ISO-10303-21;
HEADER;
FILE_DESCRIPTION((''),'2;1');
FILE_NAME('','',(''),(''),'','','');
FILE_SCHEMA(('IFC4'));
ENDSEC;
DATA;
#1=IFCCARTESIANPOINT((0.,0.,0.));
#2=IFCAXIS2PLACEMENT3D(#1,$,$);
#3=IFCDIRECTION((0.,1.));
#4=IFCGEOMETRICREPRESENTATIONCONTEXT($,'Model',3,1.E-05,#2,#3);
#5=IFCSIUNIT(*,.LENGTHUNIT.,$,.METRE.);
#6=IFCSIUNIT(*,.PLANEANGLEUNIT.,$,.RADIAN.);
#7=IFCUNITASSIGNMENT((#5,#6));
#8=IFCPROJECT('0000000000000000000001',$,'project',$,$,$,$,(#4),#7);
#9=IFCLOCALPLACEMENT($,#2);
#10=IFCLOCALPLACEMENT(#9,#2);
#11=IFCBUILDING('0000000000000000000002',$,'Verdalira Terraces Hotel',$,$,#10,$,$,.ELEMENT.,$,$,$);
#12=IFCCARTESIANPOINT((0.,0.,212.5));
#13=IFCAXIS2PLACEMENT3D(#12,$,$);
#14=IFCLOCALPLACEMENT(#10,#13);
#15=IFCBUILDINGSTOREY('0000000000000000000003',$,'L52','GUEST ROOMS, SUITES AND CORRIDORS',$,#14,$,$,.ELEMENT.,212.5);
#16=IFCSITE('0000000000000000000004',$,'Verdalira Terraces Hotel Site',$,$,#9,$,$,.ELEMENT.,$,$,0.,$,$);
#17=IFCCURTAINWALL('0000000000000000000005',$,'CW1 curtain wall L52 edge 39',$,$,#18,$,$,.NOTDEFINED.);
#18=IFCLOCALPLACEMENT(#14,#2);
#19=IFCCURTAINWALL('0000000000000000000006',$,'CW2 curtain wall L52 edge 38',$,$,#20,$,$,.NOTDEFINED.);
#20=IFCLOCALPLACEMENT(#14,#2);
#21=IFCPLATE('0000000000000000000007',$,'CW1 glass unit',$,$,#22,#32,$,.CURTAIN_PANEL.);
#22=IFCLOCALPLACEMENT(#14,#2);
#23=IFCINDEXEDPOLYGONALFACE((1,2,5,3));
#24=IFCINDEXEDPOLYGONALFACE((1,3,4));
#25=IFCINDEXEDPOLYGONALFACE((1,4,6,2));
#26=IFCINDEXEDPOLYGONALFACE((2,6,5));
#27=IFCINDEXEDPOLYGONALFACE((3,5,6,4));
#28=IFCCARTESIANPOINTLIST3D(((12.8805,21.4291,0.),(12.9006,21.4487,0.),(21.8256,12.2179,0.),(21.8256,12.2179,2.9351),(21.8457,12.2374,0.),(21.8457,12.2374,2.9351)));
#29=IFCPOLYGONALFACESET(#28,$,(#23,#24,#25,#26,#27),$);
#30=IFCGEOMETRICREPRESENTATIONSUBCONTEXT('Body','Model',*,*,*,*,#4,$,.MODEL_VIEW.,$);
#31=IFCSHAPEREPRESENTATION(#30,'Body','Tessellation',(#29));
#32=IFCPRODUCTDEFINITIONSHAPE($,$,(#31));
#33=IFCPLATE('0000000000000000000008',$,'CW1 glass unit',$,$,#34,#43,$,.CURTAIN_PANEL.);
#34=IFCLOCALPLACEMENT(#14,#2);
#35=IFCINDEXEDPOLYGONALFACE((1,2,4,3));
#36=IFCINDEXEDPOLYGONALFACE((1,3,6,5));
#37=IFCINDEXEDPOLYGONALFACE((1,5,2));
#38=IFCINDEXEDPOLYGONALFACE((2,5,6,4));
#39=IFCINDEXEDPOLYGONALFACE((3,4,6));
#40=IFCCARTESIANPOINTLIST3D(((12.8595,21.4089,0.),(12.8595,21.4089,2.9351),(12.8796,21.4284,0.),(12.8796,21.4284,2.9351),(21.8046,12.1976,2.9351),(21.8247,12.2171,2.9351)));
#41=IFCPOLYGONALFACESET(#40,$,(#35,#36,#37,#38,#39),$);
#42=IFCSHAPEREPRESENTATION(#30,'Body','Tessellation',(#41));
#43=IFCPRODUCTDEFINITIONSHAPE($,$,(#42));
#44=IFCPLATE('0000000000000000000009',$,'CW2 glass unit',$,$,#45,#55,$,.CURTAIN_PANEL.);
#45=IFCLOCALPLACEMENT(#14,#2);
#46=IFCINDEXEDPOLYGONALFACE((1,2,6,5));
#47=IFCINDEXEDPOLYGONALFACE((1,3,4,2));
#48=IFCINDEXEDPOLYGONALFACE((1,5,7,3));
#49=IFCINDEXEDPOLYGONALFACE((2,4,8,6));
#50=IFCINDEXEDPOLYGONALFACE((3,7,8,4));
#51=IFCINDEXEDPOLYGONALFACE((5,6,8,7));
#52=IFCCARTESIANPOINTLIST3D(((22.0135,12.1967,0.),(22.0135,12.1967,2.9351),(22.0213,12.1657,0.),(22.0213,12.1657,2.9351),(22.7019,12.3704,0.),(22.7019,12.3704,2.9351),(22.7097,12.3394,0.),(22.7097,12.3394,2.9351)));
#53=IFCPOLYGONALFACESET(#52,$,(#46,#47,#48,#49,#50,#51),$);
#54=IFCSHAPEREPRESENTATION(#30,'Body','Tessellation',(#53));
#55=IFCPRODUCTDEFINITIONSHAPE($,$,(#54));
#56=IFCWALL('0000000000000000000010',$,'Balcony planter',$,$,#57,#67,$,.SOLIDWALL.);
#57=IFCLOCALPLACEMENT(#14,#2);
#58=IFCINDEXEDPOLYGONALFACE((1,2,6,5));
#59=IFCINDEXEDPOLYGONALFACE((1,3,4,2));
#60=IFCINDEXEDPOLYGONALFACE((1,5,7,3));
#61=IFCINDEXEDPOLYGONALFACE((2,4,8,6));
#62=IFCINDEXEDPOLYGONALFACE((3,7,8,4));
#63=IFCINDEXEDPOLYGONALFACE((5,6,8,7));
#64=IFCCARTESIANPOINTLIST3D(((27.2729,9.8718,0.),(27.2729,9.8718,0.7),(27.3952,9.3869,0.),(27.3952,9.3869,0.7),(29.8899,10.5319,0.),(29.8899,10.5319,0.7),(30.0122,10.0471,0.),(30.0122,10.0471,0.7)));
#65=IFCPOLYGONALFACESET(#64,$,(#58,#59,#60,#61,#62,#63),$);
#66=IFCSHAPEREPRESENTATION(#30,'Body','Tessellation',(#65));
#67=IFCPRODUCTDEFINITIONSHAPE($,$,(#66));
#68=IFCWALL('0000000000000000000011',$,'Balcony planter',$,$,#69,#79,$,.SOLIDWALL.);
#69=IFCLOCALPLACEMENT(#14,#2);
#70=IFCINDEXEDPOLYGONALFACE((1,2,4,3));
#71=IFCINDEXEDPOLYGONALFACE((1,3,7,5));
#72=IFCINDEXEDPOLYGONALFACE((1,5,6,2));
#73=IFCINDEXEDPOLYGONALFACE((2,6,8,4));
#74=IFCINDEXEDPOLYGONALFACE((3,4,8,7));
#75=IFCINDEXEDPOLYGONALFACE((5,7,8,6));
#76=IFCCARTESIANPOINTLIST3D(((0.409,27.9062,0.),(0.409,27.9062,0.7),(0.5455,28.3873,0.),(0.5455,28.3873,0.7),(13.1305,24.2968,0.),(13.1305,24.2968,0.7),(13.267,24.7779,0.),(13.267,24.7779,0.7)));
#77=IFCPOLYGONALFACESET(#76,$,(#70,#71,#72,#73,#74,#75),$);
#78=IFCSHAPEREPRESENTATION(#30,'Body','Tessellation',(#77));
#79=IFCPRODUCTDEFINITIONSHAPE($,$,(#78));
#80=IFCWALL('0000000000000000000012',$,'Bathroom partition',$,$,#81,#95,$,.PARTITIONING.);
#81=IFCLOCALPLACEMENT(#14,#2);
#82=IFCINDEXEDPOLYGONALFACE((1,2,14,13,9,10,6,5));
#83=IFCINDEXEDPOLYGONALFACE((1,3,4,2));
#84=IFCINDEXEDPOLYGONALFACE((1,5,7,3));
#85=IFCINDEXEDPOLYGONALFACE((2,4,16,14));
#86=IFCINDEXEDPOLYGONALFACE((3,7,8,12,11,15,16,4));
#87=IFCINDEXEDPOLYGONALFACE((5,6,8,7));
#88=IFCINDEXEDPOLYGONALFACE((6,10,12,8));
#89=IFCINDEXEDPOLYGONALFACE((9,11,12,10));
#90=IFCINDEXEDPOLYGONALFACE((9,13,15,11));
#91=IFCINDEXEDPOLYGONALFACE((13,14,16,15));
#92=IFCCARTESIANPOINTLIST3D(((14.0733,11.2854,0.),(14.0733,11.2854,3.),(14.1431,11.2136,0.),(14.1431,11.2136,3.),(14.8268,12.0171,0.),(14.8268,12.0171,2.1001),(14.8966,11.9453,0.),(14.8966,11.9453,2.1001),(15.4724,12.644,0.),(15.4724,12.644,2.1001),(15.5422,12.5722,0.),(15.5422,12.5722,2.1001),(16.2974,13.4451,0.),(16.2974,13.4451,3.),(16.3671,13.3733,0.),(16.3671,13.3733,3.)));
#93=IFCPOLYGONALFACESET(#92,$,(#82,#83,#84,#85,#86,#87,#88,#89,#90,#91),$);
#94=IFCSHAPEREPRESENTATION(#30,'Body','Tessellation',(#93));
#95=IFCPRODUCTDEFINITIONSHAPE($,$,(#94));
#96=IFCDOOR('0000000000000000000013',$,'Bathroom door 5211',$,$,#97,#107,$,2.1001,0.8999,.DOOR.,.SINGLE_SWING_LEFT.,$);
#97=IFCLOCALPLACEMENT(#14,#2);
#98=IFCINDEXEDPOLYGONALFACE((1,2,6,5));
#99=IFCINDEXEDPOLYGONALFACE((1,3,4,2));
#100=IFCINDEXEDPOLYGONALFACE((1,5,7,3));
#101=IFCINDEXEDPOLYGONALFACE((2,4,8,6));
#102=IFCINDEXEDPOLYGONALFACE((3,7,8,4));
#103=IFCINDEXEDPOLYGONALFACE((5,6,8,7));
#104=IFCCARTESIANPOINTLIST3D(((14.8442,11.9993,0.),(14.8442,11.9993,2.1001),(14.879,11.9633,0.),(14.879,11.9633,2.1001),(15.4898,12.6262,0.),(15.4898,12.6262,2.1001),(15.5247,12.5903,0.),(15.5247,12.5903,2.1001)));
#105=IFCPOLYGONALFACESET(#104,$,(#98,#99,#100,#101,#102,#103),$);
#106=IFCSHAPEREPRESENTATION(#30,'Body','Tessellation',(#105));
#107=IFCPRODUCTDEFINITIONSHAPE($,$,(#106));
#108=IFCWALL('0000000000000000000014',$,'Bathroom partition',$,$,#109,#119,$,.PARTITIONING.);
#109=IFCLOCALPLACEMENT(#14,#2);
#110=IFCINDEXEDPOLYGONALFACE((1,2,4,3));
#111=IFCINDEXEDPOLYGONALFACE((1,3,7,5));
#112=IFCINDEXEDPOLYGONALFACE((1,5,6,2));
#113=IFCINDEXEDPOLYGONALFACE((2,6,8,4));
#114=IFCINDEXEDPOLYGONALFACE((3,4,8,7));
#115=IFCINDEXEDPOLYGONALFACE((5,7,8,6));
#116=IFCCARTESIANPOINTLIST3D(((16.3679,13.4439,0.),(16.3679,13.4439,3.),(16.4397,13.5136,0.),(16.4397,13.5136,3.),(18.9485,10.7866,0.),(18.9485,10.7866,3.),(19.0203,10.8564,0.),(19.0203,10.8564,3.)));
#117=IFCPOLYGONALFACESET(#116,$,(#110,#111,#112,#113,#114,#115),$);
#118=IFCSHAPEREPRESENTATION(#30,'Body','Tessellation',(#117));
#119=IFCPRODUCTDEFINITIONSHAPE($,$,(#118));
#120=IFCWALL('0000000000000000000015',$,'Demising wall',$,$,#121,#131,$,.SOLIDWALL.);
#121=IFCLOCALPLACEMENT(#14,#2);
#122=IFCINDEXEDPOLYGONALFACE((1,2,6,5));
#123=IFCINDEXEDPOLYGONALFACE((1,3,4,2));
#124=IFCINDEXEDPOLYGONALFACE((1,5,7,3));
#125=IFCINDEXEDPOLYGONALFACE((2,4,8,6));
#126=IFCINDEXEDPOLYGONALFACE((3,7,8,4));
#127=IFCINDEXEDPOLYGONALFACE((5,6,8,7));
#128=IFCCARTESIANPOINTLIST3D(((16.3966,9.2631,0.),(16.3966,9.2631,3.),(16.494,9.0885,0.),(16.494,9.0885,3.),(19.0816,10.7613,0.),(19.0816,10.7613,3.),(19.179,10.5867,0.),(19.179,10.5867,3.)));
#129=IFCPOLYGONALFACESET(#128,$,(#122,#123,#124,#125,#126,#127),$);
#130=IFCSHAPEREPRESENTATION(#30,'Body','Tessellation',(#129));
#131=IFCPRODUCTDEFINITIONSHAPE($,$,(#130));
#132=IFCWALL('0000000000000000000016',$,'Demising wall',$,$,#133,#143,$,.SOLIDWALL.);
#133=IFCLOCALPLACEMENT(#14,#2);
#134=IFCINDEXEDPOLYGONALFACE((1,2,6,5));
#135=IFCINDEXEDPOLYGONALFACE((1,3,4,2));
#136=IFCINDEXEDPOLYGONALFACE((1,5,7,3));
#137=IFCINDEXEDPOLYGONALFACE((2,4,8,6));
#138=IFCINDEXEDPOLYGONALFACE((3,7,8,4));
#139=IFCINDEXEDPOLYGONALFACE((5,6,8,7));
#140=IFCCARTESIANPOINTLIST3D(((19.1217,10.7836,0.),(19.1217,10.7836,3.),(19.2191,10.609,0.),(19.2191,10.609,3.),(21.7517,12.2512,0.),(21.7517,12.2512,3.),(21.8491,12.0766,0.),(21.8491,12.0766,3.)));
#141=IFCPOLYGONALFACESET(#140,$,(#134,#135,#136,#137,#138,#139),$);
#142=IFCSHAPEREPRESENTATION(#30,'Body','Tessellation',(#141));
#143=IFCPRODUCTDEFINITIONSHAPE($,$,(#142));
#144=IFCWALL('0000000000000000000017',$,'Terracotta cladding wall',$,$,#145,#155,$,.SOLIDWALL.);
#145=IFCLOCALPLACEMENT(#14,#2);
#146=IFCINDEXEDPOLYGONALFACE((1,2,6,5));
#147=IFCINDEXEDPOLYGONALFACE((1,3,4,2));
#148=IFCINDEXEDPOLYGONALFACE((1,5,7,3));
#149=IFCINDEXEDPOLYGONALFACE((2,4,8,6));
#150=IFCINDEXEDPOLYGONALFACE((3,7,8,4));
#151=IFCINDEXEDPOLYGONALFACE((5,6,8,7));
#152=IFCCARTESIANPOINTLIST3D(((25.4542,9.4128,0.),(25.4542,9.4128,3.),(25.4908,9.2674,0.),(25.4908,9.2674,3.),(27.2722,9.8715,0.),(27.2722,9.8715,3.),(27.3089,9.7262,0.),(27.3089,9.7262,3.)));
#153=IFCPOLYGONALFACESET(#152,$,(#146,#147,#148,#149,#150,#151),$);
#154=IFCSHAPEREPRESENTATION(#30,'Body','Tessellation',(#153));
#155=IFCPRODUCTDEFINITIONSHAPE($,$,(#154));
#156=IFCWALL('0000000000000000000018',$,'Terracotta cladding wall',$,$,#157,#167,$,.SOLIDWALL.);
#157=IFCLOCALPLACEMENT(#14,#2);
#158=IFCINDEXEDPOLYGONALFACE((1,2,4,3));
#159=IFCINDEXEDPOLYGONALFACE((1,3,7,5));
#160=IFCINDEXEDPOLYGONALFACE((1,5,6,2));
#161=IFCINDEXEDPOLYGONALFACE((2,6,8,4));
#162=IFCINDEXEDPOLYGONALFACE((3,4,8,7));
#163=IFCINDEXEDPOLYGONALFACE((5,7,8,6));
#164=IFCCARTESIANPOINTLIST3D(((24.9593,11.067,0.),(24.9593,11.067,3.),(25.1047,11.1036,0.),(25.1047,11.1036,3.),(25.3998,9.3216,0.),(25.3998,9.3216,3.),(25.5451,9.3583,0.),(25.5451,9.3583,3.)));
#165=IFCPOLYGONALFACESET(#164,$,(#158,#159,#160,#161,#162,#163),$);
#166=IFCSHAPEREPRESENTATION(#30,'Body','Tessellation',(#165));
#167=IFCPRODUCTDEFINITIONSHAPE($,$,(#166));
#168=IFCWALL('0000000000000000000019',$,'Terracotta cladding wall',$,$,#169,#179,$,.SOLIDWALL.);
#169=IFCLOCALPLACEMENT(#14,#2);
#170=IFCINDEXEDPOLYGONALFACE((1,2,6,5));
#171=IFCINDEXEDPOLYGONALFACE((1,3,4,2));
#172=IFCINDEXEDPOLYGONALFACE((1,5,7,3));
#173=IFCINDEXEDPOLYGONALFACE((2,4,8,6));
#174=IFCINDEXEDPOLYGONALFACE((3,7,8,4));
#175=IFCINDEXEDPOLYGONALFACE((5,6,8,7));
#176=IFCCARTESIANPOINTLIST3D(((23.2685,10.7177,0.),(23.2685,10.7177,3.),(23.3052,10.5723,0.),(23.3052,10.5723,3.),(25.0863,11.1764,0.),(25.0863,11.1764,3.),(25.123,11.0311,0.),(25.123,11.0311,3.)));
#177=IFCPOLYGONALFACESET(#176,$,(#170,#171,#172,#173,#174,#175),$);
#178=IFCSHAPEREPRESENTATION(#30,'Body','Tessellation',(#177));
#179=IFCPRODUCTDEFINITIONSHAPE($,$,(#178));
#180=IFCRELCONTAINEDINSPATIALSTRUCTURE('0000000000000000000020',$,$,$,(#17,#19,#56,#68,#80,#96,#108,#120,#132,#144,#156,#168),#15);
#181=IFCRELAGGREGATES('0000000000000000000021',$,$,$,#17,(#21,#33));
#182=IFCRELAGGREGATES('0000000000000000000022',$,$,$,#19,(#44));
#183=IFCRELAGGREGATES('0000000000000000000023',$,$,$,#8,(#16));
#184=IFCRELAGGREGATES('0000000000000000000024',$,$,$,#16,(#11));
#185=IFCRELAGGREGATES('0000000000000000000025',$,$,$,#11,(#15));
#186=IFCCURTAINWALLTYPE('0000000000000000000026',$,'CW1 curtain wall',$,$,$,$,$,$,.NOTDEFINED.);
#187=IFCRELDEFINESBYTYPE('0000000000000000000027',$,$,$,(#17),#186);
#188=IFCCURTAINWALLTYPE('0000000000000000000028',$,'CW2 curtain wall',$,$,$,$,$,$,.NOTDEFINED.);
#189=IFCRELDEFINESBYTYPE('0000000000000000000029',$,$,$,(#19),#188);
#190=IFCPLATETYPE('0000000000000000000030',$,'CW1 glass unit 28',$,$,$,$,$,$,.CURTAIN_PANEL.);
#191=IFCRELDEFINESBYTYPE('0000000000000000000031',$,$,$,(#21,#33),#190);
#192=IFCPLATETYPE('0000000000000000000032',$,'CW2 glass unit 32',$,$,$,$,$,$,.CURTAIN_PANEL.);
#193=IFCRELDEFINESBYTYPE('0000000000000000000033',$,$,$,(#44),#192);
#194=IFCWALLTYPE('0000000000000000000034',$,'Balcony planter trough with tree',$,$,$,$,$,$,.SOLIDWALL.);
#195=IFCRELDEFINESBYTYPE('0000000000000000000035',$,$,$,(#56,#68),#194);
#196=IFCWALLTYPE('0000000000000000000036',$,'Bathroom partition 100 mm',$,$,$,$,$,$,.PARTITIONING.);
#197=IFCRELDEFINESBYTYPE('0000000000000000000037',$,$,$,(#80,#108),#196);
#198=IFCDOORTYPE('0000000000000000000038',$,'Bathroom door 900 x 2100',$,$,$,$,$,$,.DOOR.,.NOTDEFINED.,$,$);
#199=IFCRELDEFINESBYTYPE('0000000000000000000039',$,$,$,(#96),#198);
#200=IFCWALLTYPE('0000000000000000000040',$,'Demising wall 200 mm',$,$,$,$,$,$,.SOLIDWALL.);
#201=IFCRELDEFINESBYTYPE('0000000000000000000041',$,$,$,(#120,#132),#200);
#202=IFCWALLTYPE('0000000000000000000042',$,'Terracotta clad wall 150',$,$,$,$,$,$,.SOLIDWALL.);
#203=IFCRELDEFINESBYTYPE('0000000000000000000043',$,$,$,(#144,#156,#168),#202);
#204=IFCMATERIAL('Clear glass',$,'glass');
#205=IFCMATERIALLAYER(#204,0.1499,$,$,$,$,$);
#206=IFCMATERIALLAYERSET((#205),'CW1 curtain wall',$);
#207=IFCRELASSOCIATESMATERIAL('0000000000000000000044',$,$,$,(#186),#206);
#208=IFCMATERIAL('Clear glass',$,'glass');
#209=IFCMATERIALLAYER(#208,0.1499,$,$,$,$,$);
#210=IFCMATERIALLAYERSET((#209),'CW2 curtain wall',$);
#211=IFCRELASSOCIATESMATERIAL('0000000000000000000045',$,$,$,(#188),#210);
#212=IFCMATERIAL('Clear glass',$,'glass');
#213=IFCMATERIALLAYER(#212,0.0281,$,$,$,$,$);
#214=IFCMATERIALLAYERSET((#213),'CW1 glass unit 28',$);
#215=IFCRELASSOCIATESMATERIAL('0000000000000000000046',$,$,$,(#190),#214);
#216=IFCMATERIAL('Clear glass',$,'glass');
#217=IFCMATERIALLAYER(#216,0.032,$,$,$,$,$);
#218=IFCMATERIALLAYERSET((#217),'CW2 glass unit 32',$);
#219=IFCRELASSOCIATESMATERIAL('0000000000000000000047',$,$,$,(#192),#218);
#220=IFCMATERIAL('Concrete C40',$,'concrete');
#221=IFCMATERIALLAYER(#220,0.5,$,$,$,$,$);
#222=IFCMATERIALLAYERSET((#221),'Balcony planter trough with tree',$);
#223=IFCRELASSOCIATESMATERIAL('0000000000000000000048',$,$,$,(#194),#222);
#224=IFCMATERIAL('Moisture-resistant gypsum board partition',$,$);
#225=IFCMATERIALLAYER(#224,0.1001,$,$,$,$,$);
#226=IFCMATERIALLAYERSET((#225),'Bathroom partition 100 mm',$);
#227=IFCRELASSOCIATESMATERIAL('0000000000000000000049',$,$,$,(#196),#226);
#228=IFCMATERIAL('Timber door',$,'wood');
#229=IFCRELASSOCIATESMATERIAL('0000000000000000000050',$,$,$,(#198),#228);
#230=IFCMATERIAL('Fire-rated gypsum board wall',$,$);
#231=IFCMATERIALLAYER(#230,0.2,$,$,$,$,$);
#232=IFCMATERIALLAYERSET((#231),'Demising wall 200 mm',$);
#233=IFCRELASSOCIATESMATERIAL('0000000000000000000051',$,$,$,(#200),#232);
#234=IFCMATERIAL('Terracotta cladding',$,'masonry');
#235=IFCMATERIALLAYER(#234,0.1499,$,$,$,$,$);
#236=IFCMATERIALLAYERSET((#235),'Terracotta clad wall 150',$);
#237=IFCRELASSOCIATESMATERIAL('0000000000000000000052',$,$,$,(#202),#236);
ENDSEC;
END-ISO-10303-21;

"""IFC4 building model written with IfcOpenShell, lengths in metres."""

from ifc_helpers import new_model, si_unit, direction, frame, frame_2d, origin, origin_2d, place, context, subcontext, project, spatial, polyline, rectangle, outline, extrude, material, layer, layer_set, type_object, element, fill, aggregate, save


model = new_model("IFC4")

# Units and contexts
model_context = context("Model", 3, precision=1e-05, world=origin(), true_north=direction((0.0, 1.0)))
body_context = subcontext(model_context, "Body", "Model", "MODEL_VIEW")
ifc_project = project(units=[si_unit("LENGTHUNIT", "METRE"), si_unit("PLANEANGLEUNIT", "RADIAN")], contexts=[model_context])

# Site, building, storey
site_placement = place(None, origin())
site = spatial("IfcSite", under=ifc_project, at=site_placement, Name="Verdalira Terraces Hotel Site", CompositionType="ELEMENT", RefElevation=0.0)
building_placement = place(site_placement, origin())
building = spatial("IfcBuilding", under=site, at=building_placement, Name="Verdalira Terraces Hotel", CompositionType="ELEMENT")
storey_placement = place(building_placement, frame((0.0, 0.0, 212.5)))
storey = spatial("IfcBuildingStorey", under=building, at=storey_placement, Name="L52", Description="GUEST ROOMS, SUITES AND CORRIDORS", CompositionType="ELEMENT", Elevation=212.5)

# Curtain walls
ifc_material_1 = material(Name="Clear glass", Category="glass")
ifc_layer_1 = layer(ifc_material_1, 0.1499)
ifc_layer_set_1 = layer_set([ifc_layer_1], Name="CW1 curtain wall")
curtain_wall_type_1 = type_object("IfcCurtainWallType", Name="CW1 curtain wall", PredefinedType="NOTDEFINED", material=ifc_layer_set_1)
curtain_wall_1_placement = place(storey_placement, origin())
curtain_wall_1 = element("IfcCurtainWall", 1, at=curtain_wall_1_placement, inside=storey, type_object=curtain_wall_type_1, Name="CW1 curtain wall L52 edge 39", PredefinedType="NOTDEFINED")
ifc_material_2 = material(Name="Clear glass", Category="glass")
ifc_layer_2 = layer(ifc_material_2, 0.1499)
ifc_layer_set_2 = layer_set([ifc_layer_2], Name="CW2 curtain wall")
curtain_wall_type_2 = type_object("IfcCurtainWallType", Name="CW2 curtain wall", PredefinedType="NOTDEFINED", material=ifc_layer_set_2)
curtain_wall_2_placement = place(storey_placement, origin())
curtain_wall_2 = element("IfcCurtainWall", 2, at=curtain_wall_2_placement, inside=storey, type_object=curtain_wall_type_2, Name="CW2 curtain wall L52 edge 38", PredefinedType="NOTDEFINED")

# Plates
ifc_material_3 = material(Name="Clear glass", Category="glass")
ifc_layer_3 = layer(ifc_material_3, 0.0281)
ifc_layer_set_3 = layer_set([ifc_layer_3], Name="CW1 glass unit 28")
plate_type_1 = type_object("IfcPlateType", Name="CW1 glass unit 28", PredefinedType="CURTAIN_PANEL", material=ifc_layer_set_3)
plate_1_placement = place(storey_placement, frame((17.353, 16.8235, 1.4675), z_axis=(0.717397, 0.696664, 0.0), x_axis=(-0.696664, 0.717397, 0.0)))
plate_1 = element("IfcPlate", 3, at=plate_1_placement, type_object=plate_type_1, Name="CW1 glass unit", PredefinedType="CURTAIN_PANEL", context=body_context, shape_type="SweptSolid", body=[
    extrude(outline(polyline([(-6.4199, -1.4675), (6.4199, -1.4675), (-6.4199, 1.4675), (-6.4199, -1.4675)])), origin(), (0.0, 0.0, 1.0), 0.0281),
])
plate_2_placement = place(storey_placement, frame((17.332, 16.8032, 1.4675), z_axis=(0.717397, 0.696664, 0.0), x_axis=(-0.696664, 0.717397, 0.0)))
plate_2 = element("IfcPlate", 4, at=plate_2_placement, type_object=plate_type_1, Name="CW1 glass unit", PredefinedType="CURTAIN_PANEL", context=body_context, shape_type="SweptSolid", body=[
    extrude(outline(polyline([(6.4199, -1.4675), (6.4199, 1.4675), (-6.4199, 1.4675), (6.4199, -1.4675)])), origin(), (0.0, 0.0, 1.0), 0.0281),
])
aggregate(curtain_wall_1, [plate_1, plate_2])
ifc_material_4 = material(Name="Clear glass", Category="glass")
ifc_layer_4 = layer(ifc_material_4, 0.032)
ifc_layer_set_4 = layer_set([ifc_layer_4], Name="CW2 glass unit 32")
plate_type_2 = type_object("IfcPlateType", Name="CW2 glass unit 32", PredefinedType="CURTAIN_PANEL", material=ifc_layer_set_4)
plate_3_placement = place(storey_placement, frame((22.3616, 12.2681, 0.0), z_axis=(0.0, 0.0, 1.0), x_axis=(-0.969616, -0.244631, 0.0)))
plate_3 = element("IfcPlate", 5, at=plate_3_placement, type_object=plate_type_2, Name="CW2 glass unit", PredefinedType="CURTAIN_PANEL", context=body_context, shape_type="SweptSolid", body=[
    extrude(rectangle(XDim=0.71, YDim=0.032, at=origin_2d()), origin(), (0.0, 0.0, 1.0), 2.9351),
])
aggregate(curtain_wall_2, [plate_3])

# Walls
ifc_material_5 = material(Name="Concrete C40", Category="concrete")
ifc_layer_5 = layer(ifc_material_5, 0.5)
ifc_layer_set_5 = layer_set([ifc_layer_5], Name="Balcony planter trough with tree")
wall_type_1 = type_object("IfcWallType", Name="Balcony planter trough with tree", PredefinedType="SOLIDWALL", material=ifc_layer_set_5)
wall_1_placement = place(storey_placement, frame((29.9512, 10.2896, 0.0), z_axis=(0.0, 0.0, 1.0), x_axis=(-0.969624, -0.2446, 0.0)))
element("IfcWall", 6, at=wall_1_placement, inside=storey, type_object=wall_type_1, Name="Balcony planter", PredefinedType="SOLIDWALL", context=body_context, shape_type="SweptSolid", body=[
    extrude(rectangle(XDim=2.699, YDim=0.5, at=frame_2d((1.3496, 0.0))), origin(), (0.0, 0.0, 1.0), 0.7),
])
wall_2_placement = place(storey_placement, frame((13.1987, 24.5374, 0.0), z_axis=(0.0, 0.0, 1.0), x_axis=(-0.962028, 0.27295, 0.0)))
element("IfcWall", 7, at=wall_2_placement, inside=storey, type_object=wall_type_1, Name="Balcony planter", PredefinedType="SOLIDWALL", context=body_context, shape_type="SweptSolid", body=[
    extrude(rectangle(XDim=13.2236, YDim=0.5, at=frame_2d((6.6118, 0.0))), origin(), (0.0, 0.0, 1.0), 0.7),
])

# Wall, opening, door
ifc_material_6 = material(Name="Moisture-resistant gypsum board partition")
ifc_layer_6 = layer(ifc_material_6, 0.1001)
ifc_layer_set_6 = layer_set([ifc_layer_6], Name="Bathroom partition 100 mm")
wall_type_2 = type_object("IfcWallType", Name="Bathroom partition 100 mm", PredefinedType="PARTITIONING", material=ifc_layer_set_6)
wall_3_placement = place(storey_placement, frame((16.3323, 13.4092, 0.0), z_axis=(0.0, 0.0, 1.0), x_axis=(-0.717426, -0.696635, 0.0)))
wall_3 = element("IfcWall", 8, at=wall_3_placement, inside=storey, type_object=wall_type_2, Name="Bathroom partition", PredefinedType="PARTITIONING", context=body_context, shape_type="SweptSolid", body=[
    extrude(rectangle(XDim=3.1001, YDim=0.1001, at=frame_2d((1.55, 0.0))), origin(), (0.0, 0.0, 1.0), 3.0),
])
opening_placement = place(wall_3_placement, frame((1.1499, 0.0, 0.0)))
opening = element("IfcOpeningElement", 9, at=opening_placement, cuts=wall_3, PredefinedType="OPENING", context=body_context, shape_type="SweptSolid", body=[
    extrude(rectangle(XDim=0.8999, YDim=2.1001, at=frame_2d((0.45, 1.05))), frame((0.0, 0.0601, 0.0), z_axis=(0.0, -1.0, 0.0), x_axis=(1.0, 0.0, 0.0)), (0.0, 0.0, 1.0), 0.1201),
])
ifc_material_7 = material(Name="Timber door", Category="wood")
door_type = type_object("IfcDoorType", Name="Bathroom door 900 x 2100", OperationType="NOTDEFINED", PredefinedType="DOOR", material=ifc_material_7)
door_placement = place(opening_placement, origin())
door = element("IfcDoor", 10, at=door_placement, inside=storey, type_object=door_type, Name="Bathroom door 5211", OperationType="SINGLE_SWING_LEFT", OverallHeight=2.1001, OverallWidth=0.8999, PredefinedType="DOOR", context=body_context, shape_type="SweptSolid", body=[
    extrude(rectangle(XDim=0.8999, YDim=2.1001, at=frame_2d((0.45, 1.05))), frame((0.0, 0.0249, 0.0), z_axis=(0.0, -1.0, 0.0), x_axis=(1.0, 0.0, 0.0)), (0.0, 0.0, 1.0), 0.05),
])
fill(opening, door)

# Walls
wall_4_placement = place(storey_placement, frame((16.4038, 13.4788, 0.0), z_axis=(0.0, 0.0, 1.0), x_axis=(0.696683, -0.717379, 0.0)))
element("IfcWall", 11, at=wall_4_placement, inside=storey, type_object=wall_type_2, Name="Bathroom partition", PredefinedType="PARTITIONING", context=body_context, shape_type="SweptSolid", body=[
    extrude(rectangle(XDim=3.7041, YDim=0.1001, at=frame_2d((1.8521, 0.0))), origin(), (0.0, 0.0, 1.0), 3.0),
])
ifc_material_8 = material(Name="Fire-rated gypsum board wall")
ifc_layer_7 = layer(ifc_material_8, 0.2)
ifc_layer_set_7 = layer_set([ifc_layer_7], Name="Demising wall 200 mm")
wall_type_3 = type_object("IfcWallType", Name="Demising wall 200 mm", PredefinedType="SOLIDWALL", material=ifc_layer_set_7)
wall_5_placement = place(storey_placement, frame((16.4453, 9.1758, 0.0), z_axis=(0.0, 0.0, 1.0), x_axis=(0.873246, 0.48728, 0.0)))
element("IfcWall", 12, at=wall_5_placement, inside=storey, type_object=wall_type_3, Name="Demising wall", PredefinedType="SOLIDWALL", context=body_context, shape_type="SweptSolid", body=[
    extrude(rectangle(XDim=3.0747, YDim=0.2, at=frame_2d((1.5374, 0.0))), origin(), (0.0, 0.0, 1.0), 3.0),
])
wall_6_placement = place(storey_placement, frame((19.1704, 10.6963, 0.0), z_axis=(0.0, 0.0, 1.0), x_axis=(0.873242, 0.487287, 0.0)))
element("IfcWall", 13, at=wall_6_placement, inside=storey, type_object=wall_type_3, Name="Demising wall", PredefinedType="SOLIDWALL", context=body_context, shape_type="SweptSolid", body=[
    extrude(rectangle(XDim=3.0117, YDim=0.2, at=frame_2d((1.5059, 0.0))), origin(), (0.0, 0.0, 1.0), 3.0),
])
ifc_material_9 = material(Name="Terracotta cladding", Category="masonry")
ifc_layer_8 = layer(ifc_material_9, 0.1499)
ifc_layer_set_8 = layer_set([ifc_layer_8], Name="Terracotta clad wall 150")
wall_type_4 = type_object("IfcWallType", Name="Terracotta clad wall 150", PredefinedType="SOLIDWALL", material=ifc_layer_set_8)
wall_7_placement = place(storey_placement, frame((27.2905, 9.7988, 0.0), z_axis=(0.0, 0.0, 1.0), x_axis=(-0.969612, -0.244649, 0.0)))
element("IfcWall", 14, at=wall_7_placement, inside=storey, type_object=wall_type_4, Name="Terracotta cladding wall", PredefinedType="SOLIDWALL", context=body_context, shape_type="SweptSolid", body=[
    extrude(rectangle(XDim=1.875, YDim=0.1499, at=frame_2d((0.9375, 0.0))), origin(), (0.0, 0.0, 1.0), 3.0),
])
wall_8_placement = place(storey_placement, frame((25.4724, 9.3401, 0.0), z_axis=(0.0, 0.0, 1.0), x_axis=(-0.244673, 0.969606, 0.0)))
element("IfcWall", 15, at=wall_8_placement, inside=storey, type_object=wall_type_4, Name="Terracotta cladding wall", PredefinedType="SOLIDWALL", context=body_context, shape_type="SweptSolid", body=[
    extrude(rectangle(XDim=1.8, YDim=0.1499, at=frame_2d((0.8999, 0.0))), origin(), (0.0, 0.0, 1.0), 3.0),
])
wall_9_placement = place(storey_placement, frame((25.1047, 11.1038, 0.0), z_axis=(0.0, 0.0, 1.0), x_axis=(-0.969604, -0.24468, 0.0)))
element("IfcWall", 16, at=wall_9_placement, inside=storey, type_object=wall_type_4, Name="Terracotta cladding wall", PredefinedType="SOLIDWALL", context=body_context, shape_type="SweptSolid", body=[
    extrude(rectangle(XDim=1.8748, YDim=0.1499, at=frame_2d((0.9375, 0.0))), origin(), (0.0, 0.0, 1.0), 3.0),
])

save(model, "model.ifc")
